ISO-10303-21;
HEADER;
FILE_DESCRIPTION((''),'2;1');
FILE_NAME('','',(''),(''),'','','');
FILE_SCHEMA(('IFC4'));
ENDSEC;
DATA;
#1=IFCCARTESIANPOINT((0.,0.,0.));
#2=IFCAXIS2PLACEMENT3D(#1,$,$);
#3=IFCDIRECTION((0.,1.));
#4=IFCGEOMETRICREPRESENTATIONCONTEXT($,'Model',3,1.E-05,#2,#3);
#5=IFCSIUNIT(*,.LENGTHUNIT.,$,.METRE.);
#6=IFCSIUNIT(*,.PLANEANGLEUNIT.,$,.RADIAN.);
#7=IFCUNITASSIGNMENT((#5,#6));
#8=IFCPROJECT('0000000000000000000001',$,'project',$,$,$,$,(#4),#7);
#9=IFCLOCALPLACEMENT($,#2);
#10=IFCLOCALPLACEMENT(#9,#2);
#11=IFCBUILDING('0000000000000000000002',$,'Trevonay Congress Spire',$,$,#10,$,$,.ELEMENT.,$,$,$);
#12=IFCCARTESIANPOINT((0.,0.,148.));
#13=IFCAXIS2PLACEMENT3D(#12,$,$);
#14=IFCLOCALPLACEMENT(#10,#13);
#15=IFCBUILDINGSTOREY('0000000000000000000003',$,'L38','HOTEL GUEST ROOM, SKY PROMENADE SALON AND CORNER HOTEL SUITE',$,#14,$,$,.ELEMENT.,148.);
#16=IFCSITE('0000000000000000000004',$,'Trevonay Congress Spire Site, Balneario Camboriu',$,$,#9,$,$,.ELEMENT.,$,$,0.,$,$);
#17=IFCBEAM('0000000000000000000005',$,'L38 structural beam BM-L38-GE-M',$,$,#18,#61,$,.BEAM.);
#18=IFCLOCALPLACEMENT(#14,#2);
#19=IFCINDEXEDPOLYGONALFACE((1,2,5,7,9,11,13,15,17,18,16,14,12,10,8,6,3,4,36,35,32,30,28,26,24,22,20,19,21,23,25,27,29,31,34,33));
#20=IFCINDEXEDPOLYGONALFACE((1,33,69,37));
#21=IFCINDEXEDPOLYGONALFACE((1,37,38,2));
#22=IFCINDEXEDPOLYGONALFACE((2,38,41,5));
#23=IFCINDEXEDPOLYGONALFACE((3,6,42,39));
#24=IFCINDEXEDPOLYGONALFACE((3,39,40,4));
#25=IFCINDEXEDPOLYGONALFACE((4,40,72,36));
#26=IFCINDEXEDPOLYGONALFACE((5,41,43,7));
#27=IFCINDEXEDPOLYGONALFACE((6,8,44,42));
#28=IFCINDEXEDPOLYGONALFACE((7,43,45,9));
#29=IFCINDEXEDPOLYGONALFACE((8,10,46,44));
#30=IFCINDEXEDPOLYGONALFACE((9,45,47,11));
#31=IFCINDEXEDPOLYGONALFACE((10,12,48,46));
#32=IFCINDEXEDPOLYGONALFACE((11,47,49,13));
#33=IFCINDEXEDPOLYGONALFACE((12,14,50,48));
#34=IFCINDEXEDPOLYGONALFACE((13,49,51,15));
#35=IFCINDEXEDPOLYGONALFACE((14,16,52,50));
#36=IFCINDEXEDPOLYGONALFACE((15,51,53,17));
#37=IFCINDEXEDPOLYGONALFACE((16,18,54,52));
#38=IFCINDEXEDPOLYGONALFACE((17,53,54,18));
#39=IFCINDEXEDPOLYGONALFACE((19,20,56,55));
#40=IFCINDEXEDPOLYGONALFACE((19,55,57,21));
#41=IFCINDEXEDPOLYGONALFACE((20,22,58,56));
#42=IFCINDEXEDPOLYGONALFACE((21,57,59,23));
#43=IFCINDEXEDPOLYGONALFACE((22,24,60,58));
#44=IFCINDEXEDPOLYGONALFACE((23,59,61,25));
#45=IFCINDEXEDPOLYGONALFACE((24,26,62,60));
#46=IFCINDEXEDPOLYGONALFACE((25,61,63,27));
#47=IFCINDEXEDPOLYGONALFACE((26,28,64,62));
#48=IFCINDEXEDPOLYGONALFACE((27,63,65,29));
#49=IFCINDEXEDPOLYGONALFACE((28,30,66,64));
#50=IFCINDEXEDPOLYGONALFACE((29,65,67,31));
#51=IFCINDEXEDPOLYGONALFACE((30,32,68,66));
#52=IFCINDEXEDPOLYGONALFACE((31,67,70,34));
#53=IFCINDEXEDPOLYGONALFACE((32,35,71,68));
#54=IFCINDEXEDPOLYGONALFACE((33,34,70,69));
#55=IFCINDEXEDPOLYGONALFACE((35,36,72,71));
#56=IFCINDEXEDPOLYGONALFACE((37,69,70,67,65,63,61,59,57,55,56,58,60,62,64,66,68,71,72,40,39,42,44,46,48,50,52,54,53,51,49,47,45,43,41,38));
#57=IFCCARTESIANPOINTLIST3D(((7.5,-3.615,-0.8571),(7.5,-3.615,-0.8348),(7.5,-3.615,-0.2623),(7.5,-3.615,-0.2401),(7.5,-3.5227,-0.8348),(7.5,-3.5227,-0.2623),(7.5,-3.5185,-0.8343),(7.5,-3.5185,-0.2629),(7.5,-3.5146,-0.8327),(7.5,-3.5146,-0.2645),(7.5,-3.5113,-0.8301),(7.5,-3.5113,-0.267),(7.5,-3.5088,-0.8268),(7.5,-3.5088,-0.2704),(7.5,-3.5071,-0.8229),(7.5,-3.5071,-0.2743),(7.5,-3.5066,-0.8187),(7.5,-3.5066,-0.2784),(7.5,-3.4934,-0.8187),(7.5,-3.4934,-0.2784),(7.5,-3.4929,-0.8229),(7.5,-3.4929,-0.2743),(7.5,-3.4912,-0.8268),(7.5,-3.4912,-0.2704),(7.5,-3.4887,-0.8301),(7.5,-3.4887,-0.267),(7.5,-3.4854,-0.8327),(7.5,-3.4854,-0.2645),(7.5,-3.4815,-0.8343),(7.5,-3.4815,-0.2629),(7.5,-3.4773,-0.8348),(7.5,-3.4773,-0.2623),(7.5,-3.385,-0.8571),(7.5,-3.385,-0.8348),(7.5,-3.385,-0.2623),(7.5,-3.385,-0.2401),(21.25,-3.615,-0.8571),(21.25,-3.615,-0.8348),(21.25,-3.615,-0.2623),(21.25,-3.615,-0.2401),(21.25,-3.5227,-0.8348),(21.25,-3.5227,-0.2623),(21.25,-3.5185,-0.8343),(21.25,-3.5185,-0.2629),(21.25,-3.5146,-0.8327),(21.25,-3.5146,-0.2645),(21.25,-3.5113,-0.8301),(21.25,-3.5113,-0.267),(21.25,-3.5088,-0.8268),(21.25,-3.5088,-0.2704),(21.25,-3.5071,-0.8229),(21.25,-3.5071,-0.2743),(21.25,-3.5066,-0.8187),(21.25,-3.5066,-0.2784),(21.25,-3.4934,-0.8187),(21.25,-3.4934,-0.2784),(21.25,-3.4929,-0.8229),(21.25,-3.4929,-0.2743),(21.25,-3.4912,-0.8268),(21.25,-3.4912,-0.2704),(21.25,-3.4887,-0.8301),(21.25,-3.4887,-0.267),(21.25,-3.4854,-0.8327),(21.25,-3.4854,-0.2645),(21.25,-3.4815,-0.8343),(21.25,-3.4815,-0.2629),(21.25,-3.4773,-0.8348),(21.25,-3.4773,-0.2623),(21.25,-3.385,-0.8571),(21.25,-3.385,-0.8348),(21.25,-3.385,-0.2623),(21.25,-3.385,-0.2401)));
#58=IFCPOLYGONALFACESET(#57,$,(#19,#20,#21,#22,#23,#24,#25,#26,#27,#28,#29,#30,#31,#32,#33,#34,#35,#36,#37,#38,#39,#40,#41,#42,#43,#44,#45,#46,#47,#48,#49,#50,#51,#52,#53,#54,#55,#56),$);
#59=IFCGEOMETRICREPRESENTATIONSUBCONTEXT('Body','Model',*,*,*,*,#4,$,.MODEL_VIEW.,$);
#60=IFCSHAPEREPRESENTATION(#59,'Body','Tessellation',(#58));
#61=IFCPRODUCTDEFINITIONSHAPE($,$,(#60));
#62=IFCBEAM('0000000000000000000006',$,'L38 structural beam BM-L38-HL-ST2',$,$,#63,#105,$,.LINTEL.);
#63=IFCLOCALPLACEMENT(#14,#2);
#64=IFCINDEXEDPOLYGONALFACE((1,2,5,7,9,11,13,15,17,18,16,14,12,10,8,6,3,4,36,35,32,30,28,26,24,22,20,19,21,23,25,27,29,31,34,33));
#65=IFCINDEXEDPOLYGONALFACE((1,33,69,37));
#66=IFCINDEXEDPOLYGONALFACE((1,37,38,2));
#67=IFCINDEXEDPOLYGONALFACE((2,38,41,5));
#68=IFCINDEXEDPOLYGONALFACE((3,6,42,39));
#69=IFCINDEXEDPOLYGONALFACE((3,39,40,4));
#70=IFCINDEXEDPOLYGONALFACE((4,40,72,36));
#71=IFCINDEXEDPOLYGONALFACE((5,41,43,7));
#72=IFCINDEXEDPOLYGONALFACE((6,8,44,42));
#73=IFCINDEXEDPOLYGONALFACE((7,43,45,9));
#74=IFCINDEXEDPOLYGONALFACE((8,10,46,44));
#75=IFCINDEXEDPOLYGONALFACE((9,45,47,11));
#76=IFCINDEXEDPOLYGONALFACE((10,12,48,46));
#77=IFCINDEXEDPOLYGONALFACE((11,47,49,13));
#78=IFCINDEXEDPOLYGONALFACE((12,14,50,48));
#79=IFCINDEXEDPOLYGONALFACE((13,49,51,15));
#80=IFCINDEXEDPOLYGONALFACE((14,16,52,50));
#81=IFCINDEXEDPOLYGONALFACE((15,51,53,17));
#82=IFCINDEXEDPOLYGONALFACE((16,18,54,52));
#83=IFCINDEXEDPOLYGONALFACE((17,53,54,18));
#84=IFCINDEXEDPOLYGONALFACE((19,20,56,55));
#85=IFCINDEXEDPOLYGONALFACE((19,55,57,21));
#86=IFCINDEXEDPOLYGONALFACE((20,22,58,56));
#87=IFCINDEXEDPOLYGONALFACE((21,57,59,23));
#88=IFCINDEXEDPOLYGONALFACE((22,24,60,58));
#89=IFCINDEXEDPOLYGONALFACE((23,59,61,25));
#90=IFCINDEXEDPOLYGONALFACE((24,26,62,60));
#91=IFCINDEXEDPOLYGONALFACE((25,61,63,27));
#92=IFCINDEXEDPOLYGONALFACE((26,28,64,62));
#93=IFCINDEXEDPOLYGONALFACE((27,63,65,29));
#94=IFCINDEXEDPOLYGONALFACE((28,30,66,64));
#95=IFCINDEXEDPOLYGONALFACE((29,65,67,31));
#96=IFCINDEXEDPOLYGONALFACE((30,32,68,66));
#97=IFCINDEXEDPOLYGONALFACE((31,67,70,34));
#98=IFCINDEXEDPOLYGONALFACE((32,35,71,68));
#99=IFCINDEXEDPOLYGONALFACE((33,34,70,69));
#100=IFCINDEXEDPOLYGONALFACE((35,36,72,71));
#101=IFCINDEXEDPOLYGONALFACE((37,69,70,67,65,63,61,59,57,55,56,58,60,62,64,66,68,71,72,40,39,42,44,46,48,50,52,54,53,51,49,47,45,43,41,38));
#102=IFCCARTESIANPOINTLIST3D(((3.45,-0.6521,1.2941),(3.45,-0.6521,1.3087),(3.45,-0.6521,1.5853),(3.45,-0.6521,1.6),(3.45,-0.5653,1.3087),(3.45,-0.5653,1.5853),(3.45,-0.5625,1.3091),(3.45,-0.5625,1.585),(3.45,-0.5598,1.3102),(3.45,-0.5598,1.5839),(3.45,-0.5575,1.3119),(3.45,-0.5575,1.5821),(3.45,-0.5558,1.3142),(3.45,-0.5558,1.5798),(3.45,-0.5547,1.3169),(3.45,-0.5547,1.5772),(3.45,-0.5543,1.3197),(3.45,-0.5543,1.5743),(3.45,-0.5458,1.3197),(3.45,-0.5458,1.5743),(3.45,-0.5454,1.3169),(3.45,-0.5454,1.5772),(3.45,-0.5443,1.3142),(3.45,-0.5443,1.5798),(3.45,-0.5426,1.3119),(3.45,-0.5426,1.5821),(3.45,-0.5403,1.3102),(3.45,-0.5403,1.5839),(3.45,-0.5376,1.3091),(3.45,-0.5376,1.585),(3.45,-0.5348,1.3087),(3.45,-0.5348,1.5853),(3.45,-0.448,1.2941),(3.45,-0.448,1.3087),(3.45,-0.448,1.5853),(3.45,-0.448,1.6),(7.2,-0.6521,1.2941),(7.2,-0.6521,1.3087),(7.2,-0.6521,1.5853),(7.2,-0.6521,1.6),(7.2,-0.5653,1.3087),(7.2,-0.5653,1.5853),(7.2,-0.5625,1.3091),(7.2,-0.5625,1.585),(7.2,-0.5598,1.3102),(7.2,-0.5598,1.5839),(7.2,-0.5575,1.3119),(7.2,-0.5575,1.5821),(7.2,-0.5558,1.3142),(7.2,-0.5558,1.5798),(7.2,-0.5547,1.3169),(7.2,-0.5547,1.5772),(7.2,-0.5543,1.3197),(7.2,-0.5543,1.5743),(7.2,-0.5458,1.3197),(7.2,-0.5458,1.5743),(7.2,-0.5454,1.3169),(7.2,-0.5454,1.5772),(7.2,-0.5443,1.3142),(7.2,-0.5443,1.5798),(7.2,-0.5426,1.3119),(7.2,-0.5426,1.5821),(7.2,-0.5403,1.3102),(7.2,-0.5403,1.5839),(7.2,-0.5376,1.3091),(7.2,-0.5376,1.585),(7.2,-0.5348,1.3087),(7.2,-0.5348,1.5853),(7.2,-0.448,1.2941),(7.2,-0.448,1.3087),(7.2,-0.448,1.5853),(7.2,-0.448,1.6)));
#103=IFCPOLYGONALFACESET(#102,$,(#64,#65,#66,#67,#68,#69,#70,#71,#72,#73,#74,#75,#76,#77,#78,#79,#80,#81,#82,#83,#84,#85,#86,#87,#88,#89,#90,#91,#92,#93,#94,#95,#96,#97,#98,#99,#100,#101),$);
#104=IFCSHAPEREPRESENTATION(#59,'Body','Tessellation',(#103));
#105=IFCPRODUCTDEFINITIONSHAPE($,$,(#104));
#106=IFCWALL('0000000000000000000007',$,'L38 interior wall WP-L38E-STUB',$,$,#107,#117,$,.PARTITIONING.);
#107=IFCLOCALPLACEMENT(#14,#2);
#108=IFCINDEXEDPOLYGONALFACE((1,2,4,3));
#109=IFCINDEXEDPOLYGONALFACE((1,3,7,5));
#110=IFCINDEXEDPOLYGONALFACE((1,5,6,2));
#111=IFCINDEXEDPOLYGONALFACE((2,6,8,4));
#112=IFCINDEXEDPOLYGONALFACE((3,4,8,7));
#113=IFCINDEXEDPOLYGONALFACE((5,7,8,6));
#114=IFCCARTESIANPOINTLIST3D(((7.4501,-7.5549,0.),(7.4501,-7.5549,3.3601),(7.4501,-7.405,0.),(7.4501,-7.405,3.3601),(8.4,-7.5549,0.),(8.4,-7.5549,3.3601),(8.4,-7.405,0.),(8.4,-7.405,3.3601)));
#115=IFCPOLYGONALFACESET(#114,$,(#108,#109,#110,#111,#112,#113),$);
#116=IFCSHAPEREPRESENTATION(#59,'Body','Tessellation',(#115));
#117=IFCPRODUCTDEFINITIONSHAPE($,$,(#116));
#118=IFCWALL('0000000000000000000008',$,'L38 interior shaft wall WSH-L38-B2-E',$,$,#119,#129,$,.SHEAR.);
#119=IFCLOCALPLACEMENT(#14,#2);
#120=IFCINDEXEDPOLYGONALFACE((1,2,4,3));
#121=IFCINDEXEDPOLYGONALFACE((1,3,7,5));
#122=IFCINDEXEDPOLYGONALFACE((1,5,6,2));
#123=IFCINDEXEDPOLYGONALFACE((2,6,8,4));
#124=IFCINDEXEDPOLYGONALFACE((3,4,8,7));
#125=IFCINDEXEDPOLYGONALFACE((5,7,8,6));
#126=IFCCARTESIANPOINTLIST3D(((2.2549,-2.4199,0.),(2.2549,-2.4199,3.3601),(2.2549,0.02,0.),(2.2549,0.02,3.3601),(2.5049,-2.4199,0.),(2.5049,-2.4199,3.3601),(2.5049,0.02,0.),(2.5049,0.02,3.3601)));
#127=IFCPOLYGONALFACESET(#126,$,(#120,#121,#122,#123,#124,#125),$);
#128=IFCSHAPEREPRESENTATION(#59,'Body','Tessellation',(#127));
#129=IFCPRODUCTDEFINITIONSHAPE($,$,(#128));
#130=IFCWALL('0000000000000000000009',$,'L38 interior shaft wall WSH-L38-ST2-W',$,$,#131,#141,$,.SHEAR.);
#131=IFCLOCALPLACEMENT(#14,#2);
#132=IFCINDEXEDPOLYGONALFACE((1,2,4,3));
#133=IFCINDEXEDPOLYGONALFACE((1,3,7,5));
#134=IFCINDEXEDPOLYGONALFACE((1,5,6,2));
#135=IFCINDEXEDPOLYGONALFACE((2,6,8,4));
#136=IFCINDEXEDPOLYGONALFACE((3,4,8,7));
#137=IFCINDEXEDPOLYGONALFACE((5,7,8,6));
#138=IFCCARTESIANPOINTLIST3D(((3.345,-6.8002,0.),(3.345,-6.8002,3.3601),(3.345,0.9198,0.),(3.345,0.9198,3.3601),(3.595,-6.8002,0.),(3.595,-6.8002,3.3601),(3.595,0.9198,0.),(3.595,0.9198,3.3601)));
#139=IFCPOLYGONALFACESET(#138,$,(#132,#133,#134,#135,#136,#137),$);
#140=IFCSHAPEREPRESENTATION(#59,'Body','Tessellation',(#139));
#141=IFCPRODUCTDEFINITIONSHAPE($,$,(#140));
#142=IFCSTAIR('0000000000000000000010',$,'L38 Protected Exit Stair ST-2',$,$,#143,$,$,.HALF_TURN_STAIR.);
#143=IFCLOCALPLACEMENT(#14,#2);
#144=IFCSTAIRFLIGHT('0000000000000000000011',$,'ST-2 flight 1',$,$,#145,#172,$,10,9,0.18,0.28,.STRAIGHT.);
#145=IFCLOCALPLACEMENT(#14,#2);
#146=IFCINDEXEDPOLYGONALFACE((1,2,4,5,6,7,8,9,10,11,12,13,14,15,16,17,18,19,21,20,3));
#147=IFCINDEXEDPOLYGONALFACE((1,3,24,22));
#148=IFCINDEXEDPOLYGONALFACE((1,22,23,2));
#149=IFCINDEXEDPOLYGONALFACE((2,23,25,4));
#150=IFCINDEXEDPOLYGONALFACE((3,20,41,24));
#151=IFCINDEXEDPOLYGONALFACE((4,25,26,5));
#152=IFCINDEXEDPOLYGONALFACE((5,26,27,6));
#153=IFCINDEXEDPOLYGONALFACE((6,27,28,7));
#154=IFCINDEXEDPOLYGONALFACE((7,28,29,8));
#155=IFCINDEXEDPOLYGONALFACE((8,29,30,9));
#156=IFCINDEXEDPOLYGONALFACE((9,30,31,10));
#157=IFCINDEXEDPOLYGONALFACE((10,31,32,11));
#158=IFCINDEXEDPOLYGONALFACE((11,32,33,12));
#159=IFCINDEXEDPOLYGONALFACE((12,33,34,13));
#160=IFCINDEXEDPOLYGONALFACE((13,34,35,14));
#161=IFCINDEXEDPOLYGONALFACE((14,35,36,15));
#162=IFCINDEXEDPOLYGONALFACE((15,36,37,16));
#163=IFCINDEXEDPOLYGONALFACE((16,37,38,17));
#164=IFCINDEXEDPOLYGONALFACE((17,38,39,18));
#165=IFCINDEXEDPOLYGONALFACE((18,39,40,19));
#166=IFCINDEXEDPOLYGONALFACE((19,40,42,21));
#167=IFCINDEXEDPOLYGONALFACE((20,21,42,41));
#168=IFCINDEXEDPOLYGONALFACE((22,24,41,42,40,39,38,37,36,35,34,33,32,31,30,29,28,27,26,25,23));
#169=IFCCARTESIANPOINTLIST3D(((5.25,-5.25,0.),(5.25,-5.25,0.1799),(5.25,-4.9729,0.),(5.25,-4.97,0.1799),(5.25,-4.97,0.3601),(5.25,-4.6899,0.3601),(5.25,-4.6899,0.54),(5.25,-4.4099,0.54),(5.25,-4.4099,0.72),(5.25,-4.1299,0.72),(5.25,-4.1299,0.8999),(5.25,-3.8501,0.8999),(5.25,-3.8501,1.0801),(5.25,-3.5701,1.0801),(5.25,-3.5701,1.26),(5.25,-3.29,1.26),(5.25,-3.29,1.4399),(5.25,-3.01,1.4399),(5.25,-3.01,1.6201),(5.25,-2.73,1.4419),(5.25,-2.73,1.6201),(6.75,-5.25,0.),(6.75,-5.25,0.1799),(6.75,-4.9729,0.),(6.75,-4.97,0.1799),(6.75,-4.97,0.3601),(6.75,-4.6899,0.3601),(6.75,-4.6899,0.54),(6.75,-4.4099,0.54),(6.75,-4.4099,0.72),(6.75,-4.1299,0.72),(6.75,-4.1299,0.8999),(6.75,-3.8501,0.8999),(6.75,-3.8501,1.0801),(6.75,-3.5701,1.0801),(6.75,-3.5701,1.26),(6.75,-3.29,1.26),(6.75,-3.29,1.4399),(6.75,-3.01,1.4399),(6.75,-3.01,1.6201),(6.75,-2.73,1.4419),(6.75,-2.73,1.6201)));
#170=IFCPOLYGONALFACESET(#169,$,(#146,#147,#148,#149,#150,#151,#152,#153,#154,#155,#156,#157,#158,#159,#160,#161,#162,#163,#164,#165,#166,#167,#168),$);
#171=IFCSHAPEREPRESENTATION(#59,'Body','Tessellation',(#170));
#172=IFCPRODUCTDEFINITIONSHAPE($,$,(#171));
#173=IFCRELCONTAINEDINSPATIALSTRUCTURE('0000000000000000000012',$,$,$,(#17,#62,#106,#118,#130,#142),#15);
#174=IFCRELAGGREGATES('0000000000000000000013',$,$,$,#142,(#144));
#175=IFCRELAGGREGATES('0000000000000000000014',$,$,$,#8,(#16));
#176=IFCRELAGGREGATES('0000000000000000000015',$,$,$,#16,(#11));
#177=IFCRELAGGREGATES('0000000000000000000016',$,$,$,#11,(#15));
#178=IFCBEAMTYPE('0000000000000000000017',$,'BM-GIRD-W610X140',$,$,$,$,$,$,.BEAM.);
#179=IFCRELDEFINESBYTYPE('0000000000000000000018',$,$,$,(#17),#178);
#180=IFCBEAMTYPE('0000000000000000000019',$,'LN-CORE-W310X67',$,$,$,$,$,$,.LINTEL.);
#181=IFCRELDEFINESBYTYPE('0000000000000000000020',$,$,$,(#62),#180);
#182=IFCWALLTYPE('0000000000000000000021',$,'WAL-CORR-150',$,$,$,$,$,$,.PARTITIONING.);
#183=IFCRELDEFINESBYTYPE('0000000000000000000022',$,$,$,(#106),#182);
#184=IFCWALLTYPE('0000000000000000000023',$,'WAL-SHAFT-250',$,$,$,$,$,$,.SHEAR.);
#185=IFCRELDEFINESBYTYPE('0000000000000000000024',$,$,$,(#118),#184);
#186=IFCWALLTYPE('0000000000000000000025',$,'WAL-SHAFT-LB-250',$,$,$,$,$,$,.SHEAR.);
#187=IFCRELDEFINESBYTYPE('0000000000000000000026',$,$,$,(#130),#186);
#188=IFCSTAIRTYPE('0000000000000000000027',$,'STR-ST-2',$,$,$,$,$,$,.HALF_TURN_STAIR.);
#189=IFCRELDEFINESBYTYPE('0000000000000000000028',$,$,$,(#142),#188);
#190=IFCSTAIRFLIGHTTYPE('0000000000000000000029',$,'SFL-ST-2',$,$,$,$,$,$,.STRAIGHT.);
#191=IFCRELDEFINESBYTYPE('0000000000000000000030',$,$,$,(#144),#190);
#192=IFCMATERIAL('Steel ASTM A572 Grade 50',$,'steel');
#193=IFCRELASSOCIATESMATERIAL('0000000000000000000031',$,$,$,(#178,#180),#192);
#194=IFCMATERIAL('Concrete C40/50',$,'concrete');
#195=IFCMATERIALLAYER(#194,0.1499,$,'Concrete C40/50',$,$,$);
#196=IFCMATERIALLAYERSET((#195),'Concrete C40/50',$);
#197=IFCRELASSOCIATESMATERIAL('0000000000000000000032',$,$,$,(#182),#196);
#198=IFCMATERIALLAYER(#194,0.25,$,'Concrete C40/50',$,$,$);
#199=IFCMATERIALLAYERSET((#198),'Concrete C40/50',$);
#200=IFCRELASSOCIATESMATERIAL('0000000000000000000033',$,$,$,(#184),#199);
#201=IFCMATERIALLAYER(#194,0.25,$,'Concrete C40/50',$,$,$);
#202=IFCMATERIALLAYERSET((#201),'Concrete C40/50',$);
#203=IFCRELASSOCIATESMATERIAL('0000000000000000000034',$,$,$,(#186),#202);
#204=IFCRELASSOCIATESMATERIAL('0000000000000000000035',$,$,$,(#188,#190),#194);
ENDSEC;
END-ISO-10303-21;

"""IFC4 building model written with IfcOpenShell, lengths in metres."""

from ifc_helpers import new_model, si_unit, direction, frame, frame_2d, origin, origin_2d, place, context, subcontext, project, spatial, polyline, rectangle, i_section, outline, extrude, material, layer, layer_set, material_profile, profile_set, type_object, element, aggregate, save


model = new_model("IFC4")

# Units and contexts
model_context = context("Model", 3, precision=1e-05, world=origin(), true_north=direction((0.0, 1.0)))
body_context = subcontext(model_context, "Body", "Model", "MODEL_VIEW")
ifc_project = project(units=[si_unit("LENGTHUNIT", "METRE"), si_unit("PLANEANGLEUNIT", "RADIAN")], contexts=[model_context])

# Site, building, storey
site_placement = place(None, origin())
site = spatial("IfcSite", under=ifc_project, at=site_placement, Name="Trevonay Congress Spire Site, Balneario Camboriu", CompositionType="ELEMENT", RefElevation=0.0)
building_placement = place(site_placement, origin())
building = spatial("IfcBuilding", under=site, at=building_placement, Name="Trevonay Congress Spire", CompositionType="ELEMENT")
storey_placement = place(building_placement, frame((0.0, 0.0, 148.0)))
storey = spatial("IfcBuildingStorey", under=building, at=storey_placement, Name="L38", Description="HOTEL GUEST ROOM, SKY PROMENADE SALON AND CORNER HOTEL SUITE", CompositionType="ELEMENT", Elevation=148.0)

# Beams
ifc_material_1 = material(Name="Steel ASTM A572 Grade 50", Category="steel")
ifc_material_profile_1 = material_profile(ifc_material_1, i_section(OverallWidth=0.23, OverallDepth=0.6169, WebThickness=0.0132, FlangeThickness=0.0222, FilletRadius=0.0161, at=origin_2d()), Name="W610x140")
ifc_profile_set_1 = profile_set([ifc_material_profile_1], Name="Steel ASTM A572 Grade 50")
beam_type_1 = type_object("IfcBeamType", Name="BM-GIRD-W610X140", PredefinedType="BEAM", material=ifc_profile_set_1)
beam_1_placement = place(storey_placement, frame((7.5, -3.5, -0.5486), z_axis=(1.0, 0.0, 0.0), x_axis=(0.0, 1.0, 0.0)))
element("IfcBeam", 1, at=beam_1_placement, inside=storey, type_object=beam_type_1, Name="L38 structural beam BM-L38-GE-M", PredefinedType="BEAM", context=body_context, shape_type="SweptSolid", body=[
    extrude(i_section(OverallWidth=0.23, OverallDepth=0.6169, WebThickness=0.0132, FlangeThickness=0.0222, FilletRadius=0.0161, at=origin_2d()), origin(), (0.0, 0.0, 1.0), 13.75),
])
ifc_material_profile_2 = material_profile(ifc_material_1, i_section(OverallWidth=0.2041, OverallDepth=0.3059, WebThickness=0.0085, FlangeThickness=0.0146, FilletRadius=0.011, at=origin_2d()), Name="W310x67")
ifc_profile_set_2 = profile_set([ifc_material_profile_2], Name="Steel ASTM A572 Grade 50")
beam_type_2 = type_object("IfcBeamType", Name="LN-CORE-W310X67", PredefinedType="LINTEL", material=ifc_profile_set_2)
beam_2_placement = place(storey_placement, frame((3.45, -0.55, 1.447), z_axis=(1.0, 0.0, 0.0), x_axis=(0.0, 1.0, 0.0)))
element("IfcBeam", 2, at=beam_2_placement, inside=storey, type_object=beam_type_2, Name="L38 structural beam BM-L38-HL-ST2", PredefinedType="LINTEL", context=body_context, shape_type="SweptSolid", body=[
    extrude(i_section(OverallWidth=0.2041, OverallDepth=0.3059, WebThickness=0.0085, FlangeThickness=0.0146, FilletRadius=0.011, at=origin_2d()), origin(), (0.0, 0.0, 1.0), 3.75),
])

# Walls
ifc_material_2 = material(Name="Concrete C40/50", Category="concrete")
ifc_layer_1 = layer(ifc_material_2, 0.1499, Name="Concrete C40/50")
ifc_layer_set_1 = layer_set([ifc_layer_1], Name="Concrete C40/50")
wall_type_1 = type_object("IfcWallType", Name="WAL-CORR-150", PredefinedType="PARTITIONING", material=ifc_layer_set_1)
wall_1_placement = place(storey_placement, frame((7.45, -7.48, 0.0), z_axis=(0.0, 0.0, 1.0), x_axis=(1.0, 0.0, 0.0)))
element("IfcWall", 3, at=wall_1_placement, inside=storey, type_object=wall_type_1, Name="L38 interior wall WP-L38E-STUB", PredefinedType="PARTITIONING", context=body_context, shape_type="SweptSolid", body=[
    extrude(rectangle(XDim=0.95, YDim=0.1499, at=frame_2d((0.4751, 0.0))), origin(), (0.0, 0.0, 1.0), 3.3601),
])
ifc_layer_2 = layer(ifc_material_2, 0.25, Name="Concrete C40/50")
ifc_layer_set_2 = layer_set([ifc_layer_2], Name="Concrete C40/50")
wall_type_2 = type_object("IfcWallType", Name="WAL-SHAFT-250", PredefinedType="SHEAR", material=ifc_layer_set_2)
wall_2_placement = place(storey_placement, frame((2.3799, -2.4199, 0.0), z_axis=(0.0, 0.0, 1.0), x_axis=(0.0, 1.0, 0.0)))
element("IfcWall", 4, at=wall_2_placement, inside=storey, type_object=wall_type_2, Name="L38 interior shaft wall WSH-L38-B2-E", PredefinedType="SHEAR", context=body_context, shape_type="SweptSolid", body=[
    extrude(rectangle(XDim=2.4399, YDim=0.25, at=frame_2d((1.22, 0.0))), origin(), (0.0, 0.0, 1.0), 3.3601),
])
ifc_layer_3 = layer(ifc_material_2, 0.25, Name="Concrete C40/50")
ifc_layer_set_3 = layer_set([ifc_layer_3], Name="Concrete C40/50")
wall_type_3 = type_object("IfcWallType", Name="WAL-SHAFT-LB-250", PredefinedType="SHEAR", material=ifc_layer_set_3)
wall_3_placement = place(storey_placement, frame((3.47, -6.8, 0.0), z_axis=(0.0, 0.0, 1.0), x_axis=(0.0, 1.0, 0.0)))
element("IfcWall", 5, at=wall_3_placement, inside=storey, type_object=wall_type_3, Name="L38 interior shaft wall WSH-L38-ST2-W", PredefinedType="SHEAR", context=body_context, shape_type="SweptSolid", body=[
    extrude(rectangle(XDim=7.72, YDim=0.25, at=frame_2d((3.8599, 0.0))), origin(), (0.0, 0.0, 1.0), 3.3601),
])

# Stair, stair flight
stair_type = type_object("IfcStairType", Name="STR-ST-2", PredefinedType="HALF_TURN_STAIR", material=ifc_material_2)
stair_placement = place(storey_placement, origin())
stair = element("IfcStair", 6, at=stair_placement, inside=storey, type_object=stair_type, Name="L38 Protected Exit Stair ST-2", PredefinedType="HALF_TURN_STAIR")
stair_flight_type = type_object("IfcStairFlightType", Name="SFL-ST-2", PredefinedType="STRAIGHT", material=ifc_material_2)
stair_flight_1_placement = place(storey_placement, frame((6.0, -5.25, 0.0), z_axis=(0.0, 0.0, 1.0), x_axis=(0.0, 1.0, 0.0)))
stair_flight_1 = element("IfcStairFlight", 7, at=stair_flight_1_placement, type_object=stair_flight_type, Name="ST-2 flight 1", NumberOfRisers=10, NumberOfTreads=9, PredefinedType="STRAIGHT", RiserHeight=0.18, TreadLength=0.28, context=body_context, shape_type="SweptSolid", body=[
    extrude(outline(polyline([(0.0, 0.0), (0.0, 0.1799), (0.28, 0.1799), (0.28, 0.3601), (0.5601, 0.3601), (0.5601, 0.54), (0.8401, 0.54), (0.8401, 0.72), (1.1201, 0.72), (1.1201, 0.8999), (1.3999, 0.8999), (1.3999, 1.0801), (1.6799, 1.0801), (1.6799, 1.26), (1.96, 1.26), (1.96, 1.4399), (2.24, 1.4399), (2.24, 1.6201), (2.52, 1.6201), (2.52, 1.8), (2.52, 1.4419), (0.2771, 0.0), (0.0, 0.0)])), frame((0.0, 0.75, 0.0), z_axis=(0.0, -1.0, 0.0), x_axis=(1.0, 0.0, 0.0)), (0.0, 0.0, 1.0), 1.5),
])
aggregate(stair, [stair_flight_1])

save(model, "model.ifc")
